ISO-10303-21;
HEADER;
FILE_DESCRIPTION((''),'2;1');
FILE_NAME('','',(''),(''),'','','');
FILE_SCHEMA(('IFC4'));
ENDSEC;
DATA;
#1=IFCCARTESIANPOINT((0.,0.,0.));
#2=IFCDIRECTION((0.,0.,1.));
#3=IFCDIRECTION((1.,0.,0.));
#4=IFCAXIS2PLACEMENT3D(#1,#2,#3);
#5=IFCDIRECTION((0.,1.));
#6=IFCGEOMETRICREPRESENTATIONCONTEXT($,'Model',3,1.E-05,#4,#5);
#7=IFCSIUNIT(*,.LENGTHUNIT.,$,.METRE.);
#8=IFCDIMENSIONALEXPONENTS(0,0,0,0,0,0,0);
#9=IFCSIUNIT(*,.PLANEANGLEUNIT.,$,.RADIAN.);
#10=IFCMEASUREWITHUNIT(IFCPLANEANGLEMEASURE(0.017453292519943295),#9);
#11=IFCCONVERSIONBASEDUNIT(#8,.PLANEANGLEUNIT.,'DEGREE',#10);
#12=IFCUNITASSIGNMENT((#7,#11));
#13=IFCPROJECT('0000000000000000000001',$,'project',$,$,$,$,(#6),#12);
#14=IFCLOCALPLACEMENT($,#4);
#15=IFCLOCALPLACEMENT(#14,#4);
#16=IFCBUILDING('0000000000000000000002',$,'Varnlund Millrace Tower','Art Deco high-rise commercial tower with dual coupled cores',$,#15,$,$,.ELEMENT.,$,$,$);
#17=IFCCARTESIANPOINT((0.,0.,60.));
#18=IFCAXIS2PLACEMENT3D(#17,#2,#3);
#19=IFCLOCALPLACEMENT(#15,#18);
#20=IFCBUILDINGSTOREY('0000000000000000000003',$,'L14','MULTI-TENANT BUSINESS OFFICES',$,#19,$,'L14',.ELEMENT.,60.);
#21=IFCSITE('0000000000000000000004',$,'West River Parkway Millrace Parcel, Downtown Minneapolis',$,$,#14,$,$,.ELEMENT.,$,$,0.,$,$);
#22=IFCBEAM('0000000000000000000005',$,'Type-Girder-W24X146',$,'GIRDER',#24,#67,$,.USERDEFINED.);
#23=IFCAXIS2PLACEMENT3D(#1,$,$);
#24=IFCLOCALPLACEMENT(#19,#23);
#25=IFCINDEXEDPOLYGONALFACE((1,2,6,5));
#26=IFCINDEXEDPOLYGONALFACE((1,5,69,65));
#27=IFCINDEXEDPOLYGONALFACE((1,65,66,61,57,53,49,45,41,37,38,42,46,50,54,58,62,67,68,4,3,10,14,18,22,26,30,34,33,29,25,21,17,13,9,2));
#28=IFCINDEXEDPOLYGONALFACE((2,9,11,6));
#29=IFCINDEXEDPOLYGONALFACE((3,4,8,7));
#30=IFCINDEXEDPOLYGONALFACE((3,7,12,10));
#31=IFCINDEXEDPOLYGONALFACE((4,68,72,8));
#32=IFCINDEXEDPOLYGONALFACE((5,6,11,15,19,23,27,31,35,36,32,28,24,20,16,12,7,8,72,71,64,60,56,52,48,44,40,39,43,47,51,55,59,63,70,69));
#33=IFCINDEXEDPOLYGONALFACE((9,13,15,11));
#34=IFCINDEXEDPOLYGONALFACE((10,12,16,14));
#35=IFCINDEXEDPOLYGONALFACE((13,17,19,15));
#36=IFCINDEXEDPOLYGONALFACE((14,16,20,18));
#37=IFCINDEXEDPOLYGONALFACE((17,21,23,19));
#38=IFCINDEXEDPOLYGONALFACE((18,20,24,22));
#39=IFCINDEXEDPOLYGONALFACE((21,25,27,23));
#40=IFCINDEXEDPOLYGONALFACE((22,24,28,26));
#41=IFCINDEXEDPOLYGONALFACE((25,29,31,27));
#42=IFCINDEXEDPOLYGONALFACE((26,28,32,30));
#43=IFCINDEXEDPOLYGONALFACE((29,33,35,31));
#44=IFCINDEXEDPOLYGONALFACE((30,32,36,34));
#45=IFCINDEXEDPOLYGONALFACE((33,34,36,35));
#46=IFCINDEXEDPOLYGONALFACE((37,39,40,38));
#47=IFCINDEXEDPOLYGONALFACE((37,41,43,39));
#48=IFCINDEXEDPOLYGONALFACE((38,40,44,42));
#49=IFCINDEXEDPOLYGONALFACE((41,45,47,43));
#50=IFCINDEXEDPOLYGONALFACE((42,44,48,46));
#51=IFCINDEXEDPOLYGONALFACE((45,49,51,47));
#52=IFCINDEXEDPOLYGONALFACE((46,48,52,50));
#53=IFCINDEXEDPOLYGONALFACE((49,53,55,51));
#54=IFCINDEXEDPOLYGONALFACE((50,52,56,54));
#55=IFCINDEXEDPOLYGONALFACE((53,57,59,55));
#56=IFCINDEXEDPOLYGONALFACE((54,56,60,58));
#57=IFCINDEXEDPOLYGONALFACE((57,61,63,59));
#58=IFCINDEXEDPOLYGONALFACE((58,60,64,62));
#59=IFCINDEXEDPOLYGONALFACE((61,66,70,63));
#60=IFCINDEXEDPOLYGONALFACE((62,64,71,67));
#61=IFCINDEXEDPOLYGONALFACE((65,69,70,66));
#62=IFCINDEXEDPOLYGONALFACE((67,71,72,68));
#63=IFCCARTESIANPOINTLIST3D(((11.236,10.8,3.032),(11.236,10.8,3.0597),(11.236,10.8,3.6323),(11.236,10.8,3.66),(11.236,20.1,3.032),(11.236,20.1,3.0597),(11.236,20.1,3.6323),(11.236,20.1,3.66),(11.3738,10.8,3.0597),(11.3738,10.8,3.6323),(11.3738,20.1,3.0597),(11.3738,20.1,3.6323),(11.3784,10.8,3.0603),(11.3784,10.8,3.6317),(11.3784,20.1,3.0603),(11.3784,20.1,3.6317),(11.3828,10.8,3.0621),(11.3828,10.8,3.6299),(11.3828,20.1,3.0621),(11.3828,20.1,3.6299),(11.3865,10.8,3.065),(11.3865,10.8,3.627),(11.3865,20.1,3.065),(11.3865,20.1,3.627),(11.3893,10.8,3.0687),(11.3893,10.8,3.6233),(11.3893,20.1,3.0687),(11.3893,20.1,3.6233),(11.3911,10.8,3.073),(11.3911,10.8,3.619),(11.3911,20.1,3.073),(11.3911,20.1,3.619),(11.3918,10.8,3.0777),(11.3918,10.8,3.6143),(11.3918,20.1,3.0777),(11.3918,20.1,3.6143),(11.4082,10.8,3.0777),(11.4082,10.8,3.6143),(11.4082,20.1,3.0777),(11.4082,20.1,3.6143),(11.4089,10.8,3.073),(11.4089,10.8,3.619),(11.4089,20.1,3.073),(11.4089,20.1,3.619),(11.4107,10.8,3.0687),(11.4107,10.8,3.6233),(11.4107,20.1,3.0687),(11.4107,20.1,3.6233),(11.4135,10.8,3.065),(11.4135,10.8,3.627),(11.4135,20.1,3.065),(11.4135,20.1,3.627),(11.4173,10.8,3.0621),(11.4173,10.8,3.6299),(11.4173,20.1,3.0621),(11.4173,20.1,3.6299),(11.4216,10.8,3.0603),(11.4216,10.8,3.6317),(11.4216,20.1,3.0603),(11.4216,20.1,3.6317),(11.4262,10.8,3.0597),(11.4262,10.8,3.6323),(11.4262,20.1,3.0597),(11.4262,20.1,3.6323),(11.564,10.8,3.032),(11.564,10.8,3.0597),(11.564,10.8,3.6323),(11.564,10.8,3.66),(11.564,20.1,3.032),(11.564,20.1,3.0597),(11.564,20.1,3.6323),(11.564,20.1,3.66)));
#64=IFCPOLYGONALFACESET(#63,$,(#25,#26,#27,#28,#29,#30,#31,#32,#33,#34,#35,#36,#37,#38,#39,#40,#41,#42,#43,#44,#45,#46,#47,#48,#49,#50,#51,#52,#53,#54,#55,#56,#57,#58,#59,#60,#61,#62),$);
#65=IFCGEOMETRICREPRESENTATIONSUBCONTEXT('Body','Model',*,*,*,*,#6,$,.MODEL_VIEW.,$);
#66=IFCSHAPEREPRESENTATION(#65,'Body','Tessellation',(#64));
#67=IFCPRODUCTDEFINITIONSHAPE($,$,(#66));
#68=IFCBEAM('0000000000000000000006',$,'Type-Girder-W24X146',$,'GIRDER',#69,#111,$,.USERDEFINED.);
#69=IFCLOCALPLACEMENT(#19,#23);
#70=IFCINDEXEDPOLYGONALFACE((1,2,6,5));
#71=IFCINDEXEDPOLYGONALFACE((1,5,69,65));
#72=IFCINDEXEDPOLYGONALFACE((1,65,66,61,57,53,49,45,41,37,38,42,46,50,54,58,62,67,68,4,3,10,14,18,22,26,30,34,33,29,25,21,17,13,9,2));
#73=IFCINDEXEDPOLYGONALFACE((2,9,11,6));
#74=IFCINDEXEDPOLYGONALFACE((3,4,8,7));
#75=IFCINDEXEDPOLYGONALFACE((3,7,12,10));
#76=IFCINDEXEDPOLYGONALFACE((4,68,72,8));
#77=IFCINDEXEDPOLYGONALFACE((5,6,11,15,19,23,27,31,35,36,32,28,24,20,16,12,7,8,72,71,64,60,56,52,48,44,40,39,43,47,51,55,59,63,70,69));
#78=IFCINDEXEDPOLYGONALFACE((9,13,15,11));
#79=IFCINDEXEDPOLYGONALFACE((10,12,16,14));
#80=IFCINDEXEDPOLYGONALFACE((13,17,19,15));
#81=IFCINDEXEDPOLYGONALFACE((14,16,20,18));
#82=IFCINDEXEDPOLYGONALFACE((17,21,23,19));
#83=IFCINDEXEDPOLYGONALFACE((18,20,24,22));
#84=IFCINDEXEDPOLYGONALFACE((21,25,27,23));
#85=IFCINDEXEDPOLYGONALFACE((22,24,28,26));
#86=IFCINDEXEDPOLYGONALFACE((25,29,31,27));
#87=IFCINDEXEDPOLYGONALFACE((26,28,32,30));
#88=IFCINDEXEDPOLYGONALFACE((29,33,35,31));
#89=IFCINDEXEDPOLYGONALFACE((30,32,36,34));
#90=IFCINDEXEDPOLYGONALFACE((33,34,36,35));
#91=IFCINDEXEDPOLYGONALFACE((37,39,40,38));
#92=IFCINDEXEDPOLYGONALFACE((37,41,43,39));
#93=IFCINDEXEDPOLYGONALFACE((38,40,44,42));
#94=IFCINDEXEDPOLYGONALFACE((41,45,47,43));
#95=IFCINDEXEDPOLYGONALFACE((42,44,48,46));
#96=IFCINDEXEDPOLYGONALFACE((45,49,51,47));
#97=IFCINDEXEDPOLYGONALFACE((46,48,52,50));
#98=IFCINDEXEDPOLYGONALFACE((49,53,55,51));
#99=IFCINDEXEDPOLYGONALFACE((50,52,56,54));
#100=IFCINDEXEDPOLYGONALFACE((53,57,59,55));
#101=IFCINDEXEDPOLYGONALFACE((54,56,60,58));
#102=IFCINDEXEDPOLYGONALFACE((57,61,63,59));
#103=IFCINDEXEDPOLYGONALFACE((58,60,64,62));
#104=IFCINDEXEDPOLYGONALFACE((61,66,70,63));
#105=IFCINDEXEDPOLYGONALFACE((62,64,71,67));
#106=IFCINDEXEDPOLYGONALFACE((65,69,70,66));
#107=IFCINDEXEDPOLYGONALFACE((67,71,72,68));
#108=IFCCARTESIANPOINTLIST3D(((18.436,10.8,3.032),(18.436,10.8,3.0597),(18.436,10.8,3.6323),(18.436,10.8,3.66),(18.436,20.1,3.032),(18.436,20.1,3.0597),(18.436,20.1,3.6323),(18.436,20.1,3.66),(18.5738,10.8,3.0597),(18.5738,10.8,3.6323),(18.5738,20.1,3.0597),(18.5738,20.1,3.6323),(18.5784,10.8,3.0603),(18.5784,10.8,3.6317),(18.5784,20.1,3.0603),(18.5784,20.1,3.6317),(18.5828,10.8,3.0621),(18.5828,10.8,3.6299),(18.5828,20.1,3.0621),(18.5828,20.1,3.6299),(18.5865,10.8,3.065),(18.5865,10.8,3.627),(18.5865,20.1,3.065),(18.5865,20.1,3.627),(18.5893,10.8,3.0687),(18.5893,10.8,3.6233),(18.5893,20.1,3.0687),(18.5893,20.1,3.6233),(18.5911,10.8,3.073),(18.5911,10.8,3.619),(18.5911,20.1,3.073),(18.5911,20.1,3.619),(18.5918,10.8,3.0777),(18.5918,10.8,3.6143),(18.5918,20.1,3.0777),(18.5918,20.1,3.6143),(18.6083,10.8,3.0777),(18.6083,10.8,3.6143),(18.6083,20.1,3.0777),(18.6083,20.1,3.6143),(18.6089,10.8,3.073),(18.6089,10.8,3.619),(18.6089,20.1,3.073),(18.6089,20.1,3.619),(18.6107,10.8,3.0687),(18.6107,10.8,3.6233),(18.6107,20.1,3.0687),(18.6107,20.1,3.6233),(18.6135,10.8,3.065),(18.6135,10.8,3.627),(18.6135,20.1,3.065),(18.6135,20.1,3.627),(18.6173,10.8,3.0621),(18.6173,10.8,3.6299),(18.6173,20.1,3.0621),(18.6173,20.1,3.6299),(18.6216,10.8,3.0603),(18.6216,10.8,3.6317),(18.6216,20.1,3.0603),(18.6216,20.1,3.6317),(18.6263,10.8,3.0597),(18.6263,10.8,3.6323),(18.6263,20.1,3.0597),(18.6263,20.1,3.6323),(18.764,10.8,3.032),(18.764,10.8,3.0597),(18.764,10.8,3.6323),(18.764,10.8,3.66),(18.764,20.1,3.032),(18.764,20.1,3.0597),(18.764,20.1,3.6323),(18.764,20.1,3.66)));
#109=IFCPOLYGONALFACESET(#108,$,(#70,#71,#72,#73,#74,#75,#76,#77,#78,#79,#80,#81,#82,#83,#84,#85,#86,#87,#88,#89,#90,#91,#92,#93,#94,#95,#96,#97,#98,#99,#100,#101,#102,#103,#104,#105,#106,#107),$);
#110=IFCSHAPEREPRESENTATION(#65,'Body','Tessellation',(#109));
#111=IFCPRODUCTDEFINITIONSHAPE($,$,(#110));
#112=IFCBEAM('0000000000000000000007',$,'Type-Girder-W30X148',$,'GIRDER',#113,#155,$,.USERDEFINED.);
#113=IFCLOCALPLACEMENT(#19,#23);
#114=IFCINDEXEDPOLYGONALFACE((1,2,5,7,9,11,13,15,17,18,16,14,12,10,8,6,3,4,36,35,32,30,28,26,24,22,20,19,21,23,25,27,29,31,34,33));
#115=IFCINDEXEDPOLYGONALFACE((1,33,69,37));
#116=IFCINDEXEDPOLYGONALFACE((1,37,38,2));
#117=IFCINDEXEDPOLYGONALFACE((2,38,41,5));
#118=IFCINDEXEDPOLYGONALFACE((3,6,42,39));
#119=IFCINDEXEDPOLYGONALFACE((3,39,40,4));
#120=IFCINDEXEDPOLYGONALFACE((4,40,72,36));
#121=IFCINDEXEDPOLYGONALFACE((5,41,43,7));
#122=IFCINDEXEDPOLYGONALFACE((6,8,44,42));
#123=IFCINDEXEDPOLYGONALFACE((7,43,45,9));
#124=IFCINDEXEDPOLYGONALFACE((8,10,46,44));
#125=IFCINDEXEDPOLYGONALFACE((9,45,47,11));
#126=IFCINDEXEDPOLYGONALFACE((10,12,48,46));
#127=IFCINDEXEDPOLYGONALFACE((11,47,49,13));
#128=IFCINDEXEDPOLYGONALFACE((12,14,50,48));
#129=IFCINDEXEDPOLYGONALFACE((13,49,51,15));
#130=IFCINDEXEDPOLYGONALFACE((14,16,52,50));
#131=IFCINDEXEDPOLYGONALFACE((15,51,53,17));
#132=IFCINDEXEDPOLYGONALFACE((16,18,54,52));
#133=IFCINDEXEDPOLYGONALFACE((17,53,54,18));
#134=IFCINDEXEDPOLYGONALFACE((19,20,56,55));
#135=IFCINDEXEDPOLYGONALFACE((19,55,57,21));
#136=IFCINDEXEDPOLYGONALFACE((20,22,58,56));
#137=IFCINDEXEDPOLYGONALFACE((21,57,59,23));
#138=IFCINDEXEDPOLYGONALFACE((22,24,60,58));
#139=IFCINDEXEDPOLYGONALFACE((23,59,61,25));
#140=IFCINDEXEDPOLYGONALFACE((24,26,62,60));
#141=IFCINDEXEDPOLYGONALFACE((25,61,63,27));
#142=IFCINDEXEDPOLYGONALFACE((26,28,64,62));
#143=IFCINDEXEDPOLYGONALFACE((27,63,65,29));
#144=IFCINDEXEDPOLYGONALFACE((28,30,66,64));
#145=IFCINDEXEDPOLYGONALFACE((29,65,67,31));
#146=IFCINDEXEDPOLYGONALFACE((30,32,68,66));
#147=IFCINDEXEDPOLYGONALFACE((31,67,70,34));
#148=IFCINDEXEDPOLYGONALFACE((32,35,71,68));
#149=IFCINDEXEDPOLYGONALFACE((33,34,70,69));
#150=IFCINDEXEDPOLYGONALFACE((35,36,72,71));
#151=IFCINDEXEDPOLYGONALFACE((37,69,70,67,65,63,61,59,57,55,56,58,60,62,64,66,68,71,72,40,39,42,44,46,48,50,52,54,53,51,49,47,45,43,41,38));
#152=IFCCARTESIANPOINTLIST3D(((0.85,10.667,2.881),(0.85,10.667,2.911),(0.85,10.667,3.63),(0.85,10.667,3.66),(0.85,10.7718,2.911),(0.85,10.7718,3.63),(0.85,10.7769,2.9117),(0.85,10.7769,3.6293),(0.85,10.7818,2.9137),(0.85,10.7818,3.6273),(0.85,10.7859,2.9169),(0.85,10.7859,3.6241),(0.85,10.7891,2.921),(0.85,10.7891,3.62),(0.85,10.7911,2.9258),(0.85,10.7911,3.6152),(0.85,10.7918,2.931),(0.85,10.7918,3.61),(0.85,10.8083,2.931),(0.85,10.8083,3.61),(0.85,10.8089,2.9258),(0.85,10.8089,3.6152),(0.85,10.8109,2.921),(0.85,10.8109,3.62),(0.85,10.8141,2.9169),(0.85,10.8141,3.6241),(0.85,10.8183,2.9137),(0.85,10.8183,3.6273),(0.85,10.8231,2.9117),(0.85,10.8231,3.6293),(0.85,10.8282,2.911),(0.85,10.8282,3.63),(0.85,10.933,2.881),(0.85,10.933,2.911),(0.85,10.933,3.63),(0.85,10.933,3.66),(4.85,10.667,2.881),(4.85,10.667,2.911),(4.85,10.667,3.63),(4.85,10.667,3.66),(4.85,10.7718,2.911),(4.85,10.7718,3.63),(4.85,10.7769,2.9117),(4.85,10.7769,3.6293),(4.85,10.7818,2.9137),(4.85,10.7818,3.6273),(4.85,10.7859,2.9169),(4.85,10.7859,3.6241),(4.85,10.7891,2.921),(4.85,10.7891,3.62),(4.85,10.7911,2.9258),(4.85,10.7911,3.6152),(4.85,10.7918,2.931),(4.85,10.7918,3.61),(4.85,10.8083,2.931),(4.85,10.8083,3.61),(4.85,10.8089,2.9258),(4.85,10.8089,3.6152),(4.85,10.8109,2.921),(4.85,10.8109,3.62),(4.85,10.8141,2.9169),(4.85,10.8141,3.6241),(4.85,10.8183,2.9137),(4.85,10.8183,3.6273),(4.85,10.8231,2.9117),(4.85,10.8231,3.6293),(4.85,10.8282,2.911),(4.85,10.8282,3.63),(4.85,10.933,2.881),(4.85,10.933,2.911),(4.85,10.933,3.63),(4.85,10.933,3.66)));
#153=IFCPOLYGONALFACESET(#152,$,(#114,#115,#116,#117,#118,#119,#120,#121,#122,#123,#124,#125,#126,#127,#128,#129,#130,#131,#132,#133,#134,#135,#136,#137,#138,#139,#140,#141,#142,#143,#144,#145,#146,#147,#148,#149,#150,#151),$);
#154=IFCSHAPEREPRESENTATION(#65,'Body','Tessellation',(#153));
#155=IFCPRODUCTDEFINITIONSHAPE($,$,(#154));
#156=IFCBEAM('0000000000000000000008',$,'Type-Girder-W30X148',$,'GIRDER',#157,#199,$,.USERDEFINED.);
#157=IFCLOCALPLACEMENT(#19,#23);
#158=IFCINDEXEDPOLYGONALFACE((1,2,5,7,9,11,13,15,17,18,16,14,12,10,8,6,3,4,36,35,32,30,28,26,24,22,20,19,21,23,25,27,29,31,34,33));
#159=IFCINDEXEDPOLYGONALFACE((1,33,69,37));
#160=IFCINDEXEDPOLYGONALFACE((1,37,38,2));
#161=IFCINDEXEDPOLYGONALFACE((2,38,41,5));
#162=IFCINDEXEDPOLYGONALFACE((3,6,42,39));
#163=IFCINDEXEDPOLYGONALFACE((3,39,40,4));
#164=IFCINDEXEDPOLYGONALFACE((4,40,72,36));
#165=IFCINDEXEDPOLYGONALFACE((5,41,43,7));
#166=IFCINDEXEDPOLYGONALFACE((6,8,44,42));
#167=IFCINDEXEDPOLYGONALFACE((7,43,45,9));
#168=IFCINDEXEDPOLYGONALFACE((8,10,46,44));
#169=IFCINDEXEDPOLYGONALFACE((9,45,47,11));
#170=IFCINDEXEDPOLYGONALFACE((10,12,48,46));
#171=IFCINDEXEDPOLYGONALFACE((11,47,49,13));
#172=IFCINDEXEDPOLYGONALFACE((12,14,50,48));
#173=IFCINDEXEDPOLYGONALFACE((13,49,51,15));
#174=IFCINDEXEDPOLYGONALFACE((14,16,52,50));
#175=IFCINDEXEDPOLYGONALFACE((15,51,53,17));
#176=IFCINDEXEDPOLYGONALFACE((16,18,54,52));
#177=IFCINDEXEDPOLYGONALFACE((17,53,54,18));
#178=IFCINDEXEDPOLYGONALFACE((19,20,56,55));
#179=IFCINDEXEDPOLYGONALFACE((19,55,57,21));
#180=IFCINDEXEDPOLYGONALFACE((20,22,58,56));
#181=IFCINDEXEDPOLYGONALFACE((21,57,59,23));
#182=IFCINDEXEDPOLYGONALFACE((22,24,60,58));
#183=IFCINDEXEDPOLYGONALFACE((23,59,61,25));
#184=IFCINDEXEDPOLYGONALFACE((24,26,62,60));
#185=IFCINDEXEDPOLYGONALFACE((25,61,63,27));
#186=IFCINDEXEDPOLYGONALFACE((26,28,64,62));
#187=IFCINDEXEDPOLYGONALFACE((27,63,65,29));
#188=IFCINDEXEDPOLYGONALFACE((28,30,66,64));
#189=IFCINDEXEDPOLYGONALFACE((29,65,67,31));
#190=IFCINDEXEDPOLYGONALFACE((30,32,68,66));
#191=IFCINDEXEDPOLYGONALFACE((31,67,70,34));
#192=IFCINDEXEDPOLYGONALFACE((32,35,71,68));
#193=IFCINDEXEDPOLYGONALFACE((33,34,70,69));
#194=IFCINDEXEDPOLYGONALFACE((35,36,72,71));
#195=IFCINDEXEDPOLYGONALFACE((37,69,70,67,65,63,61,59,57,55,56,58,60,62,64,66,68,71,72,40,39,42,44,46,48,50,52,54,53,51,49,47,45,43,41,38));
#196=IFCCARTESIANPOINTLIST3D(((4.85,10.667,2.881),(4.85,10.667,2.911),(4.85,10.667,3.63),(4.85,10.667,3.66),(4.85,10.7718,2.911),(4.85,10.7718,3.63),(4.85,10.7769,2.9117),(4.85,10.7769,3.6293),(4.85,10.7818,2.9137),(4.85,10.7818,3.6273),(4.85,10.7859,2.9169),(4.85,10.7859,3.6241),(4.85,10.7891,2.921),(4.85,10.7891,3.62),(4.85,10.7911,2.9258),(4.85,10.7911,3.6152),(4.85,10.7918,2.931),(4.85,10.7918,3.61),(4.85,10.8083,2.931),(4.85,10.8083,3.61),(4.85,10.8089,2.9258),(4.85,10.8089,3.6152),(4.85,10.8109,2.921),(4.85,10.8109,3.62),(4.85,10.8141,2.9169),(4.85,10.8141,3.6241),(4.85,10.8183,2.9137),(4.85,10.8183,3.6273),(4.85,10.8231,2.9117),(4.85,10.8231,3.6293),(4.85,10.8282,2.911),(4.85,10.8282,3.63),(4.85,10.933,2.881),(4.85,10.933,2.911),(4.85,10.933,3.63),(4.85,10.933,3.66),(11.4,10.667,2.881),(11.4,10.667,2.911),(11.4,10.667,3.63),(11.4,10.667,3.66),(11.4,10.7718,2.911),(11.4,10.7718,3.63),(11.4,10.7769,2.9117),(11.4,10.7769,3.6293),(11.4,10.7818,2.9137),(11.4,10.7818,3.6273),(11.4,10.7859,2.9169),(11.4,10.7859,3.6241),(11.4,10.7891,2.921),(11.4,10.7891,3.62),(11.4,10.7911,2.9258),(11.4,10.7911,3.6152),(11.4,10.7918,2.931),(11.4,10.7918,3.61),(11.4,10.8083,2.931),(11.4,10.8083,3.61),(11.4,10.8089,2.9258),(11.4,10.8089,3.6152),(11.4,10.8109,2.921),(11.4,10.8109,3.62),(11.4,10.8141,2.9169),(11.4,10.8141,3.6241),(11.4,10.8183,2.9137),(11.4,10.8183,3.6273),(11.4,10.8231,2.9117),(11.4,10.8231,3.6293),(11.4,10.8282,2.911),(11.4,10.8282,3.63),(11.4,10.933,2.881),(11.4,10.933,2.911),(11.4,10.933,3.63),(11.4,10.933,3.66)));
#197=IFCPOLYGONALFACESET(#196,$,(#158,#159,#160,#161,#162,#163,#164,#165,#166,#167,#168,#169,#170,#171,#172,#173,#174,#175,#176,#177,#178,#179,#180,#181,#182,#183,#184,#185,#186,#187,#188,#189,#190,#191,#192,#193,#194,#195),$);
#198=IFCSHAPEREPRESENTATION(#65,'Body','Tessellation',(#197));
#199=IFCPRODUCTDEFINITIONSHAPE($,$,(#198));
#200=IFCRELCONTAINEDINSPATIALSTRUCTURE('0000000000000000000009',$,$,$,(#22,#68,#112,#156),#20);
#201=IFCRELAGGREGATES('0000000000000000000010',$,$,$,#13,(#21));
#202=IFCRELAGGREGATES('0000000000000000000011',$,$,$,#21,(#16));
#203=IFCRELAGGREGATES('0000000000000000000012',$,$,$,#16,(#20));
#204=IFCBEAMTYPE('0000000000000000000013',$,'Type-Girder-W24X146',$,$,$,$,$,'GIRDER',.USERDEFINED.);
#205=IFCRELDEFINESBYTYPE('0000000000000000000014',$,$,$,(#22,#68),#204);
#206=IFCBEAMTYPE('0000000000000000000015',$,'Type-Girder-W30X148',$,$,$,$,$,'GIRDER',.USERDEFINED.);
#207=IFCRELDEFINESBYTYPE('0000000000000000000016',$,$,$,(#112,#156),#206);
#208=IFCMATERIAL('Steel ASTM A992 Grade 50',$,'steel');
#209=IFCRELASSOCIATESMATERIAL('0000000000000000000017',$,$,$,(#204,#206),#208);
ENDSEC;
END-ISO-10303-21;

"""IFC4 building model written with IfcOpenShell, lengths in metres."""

from ifc_helpers import new_model, entity, si_unit, converted_unit, direction, frame, origin_with_axes, origin_2d_with_axis, place, context, subcontext, project, spatial, i_section, extrude, material, material_profile, profile_set, type_object, element, save


model = new_model("IFC4")

# Units and contexts
model_context = context("Model", 3, precision=1e-05, world=origin_with_axes(), true_north=direction((0.0, 1.0)))
body_context = subcontext(model_context, "Body", "Model", "MODEL_VIEW")
ifc_project = project(units=[si_unit("LENGTHUNIT", "METRE"), converted_unit("PLANEANGLEUNIT", "DEGREE", entity("IfcPlaneAngleMeasure", 0.017453292519943295), si_unit("PLANEANGLEUNIT", "RADIAN"), dimensions=[0, 0, 0, 0, 0, 0, 0])], contexts=[model_context])

# Site, building, storey
site_placement = place(None, origin_with_axes())
site = spatial("IfcSite", under=ifc_project, at=site_placement, Name="West River Parkway Millrace Parcel, Downtown Minneapolis", CompositionType="ELEMENT", RefElevation=0.0)
building_placement = place(site_placement, origin_with_axes())
building = spatial("IfcBuilding", under=site, at=building_placement, Name="Varnlund Millrace Tower", Description="Art Deco high-rise commercial tower with dual coupled cores", CompositionType="ELEMENT")
storey_placement = place(building_placement, frame((0.0, 0.0, 60.0), z_axis=(0.0, 0.0, 1.0), x_axis=(1.0, 0.0, 0.0)))
storey = spatial("IfcBuildingStorey", under=building, at=storey_placement, Name="L14", Description="MULTI-TENANT BUSINESS OFFICES", LongName="L14", CompositionType="ELEMENT", Elevation=60.0)

# Beams
ifc_material_1 = material(Name="Steel ASTM A992 Grade 50", Category="steel")
ifc_material_profile_1 = material_profile(ifc_material_1, i_section(OverallWidth=0.328, OverallDepth=0.628, WebThickness=0.0165, FlangeThickness=0.0277, FilletRadius=0.018, at=origin_2d_with_axis()), Name="Steel ASTM A992 Grade 50")
ifc_profile_set_1 = profile_set([ifc_material_profile_1], Name="Steel ASTM A992 Grade 50")
beam_type_1 = type_object("IfcBeamType", Name="Type-Girder-W24X146", ElementType="GIRDER", PredefinedType="USERDEFINED", material=ifc_profile_set_1)
for number, where, z_axis, x_axis, name in (
    (1, (11.4, 10.8, 3.346), (0.0, 1.0, 0.0), (-1.0, 0.0, 0.0), "Type-Girder-W24X146"),
    (2, (18.6, 10.8, 3.346), (0.0, 1.0, 0.0), (-1.0, 0.0, 0.0), "Type-Girder-W24X146"),
):
    element("IfcBeam", number, at=place(storey_placement, frame(where, z_axis=z_axis, x_axis=x_axis)), inside=storey, type_object=beam_type_1, Name=name, ObjectType="GIRDER", PredefinedType="USERDEFINED", context=body_context, shape_type="SweptSolid", body=[
        extrude(i_section(OverallWidth=0.328, OverallDepth=0.628, WebThickness=0.0165, FlangeThickness=0.0277, FilletRadius=0.018, at=origin_2d_with_axis()), origin_with_axes(), (0.0, 0.0, 1.0), 9.3),
    ])
ifc_material_profile_2 = material_profile(ifc_material_1, i_section(OverallWidth=0.266, OverallDepth=0.779, WebThickness=0.0165, FlangeThickness=0.03, FilletRadius=0.02, at=origin_2d_with_axis()), Name="Steel ASTM A992 Grade 50")
ifc_profile_set_2 = profile_set([ifc_material_profile_2], Name="Steel ASTM A992 Grade 50")
beam_type_2 = type_object("IfcBeamType", Name="Type-Girder-W30X148", ElementType="GIRDER", PredefinedType="USERDEFINED", material=ifc_profile_set_2)
beam_1_placement = place(storey_placement, frame((0.85, 10.8, 3.2705), z_axis=(1.0, 0.0, 0.0), x_axis=(0.0, 1.0, 0.0)))
element("IfcBeam", 3, at=beam_1_placement, inside=storey, type_object=beam_type_2, Name="Type-Girder-W30X148", ObjectType="GIRDER", PredefinedType="USERDEFINED", context=body_context, shape_type="SweptSolid", body=[
    extrude(i_section(OverallWidth=0.266, OverallDepth=0.779, WebThickness=0.0165, FlangeThickness=0.03, FilletRadius=0.02, at=origin_2d_with_axis()), origin_with_axes(), (0.0, 0.0, 1.0), 4.0),
])
beam_2_placement = place(storey_placement, frame((4.85, 10.8, 3.2705), z_axis=(1.0, 0.0, 0.0), x_axis=(0.0, 1.0, 0.0)))
element("IfcBeam", 4, at=beam_2_placement, inside=storey, type_object=beam_type_2, Name="Type-Girder-W30X148", ObjectType="GIRDER", PredefinedType="USERDEFINED", context=body_context, shape_type="SweptSolid", body=[
    extrude(i_section(OverallWidth=0.266, OverallDepth=0.779, WebThickness=0.0165, FlangeThickness=0.03, FilletRadius=0.02, at=origin_2d_with_axis()), origin_with_axes(), (0.0, 0.0, 1.0), 6.55),
])

save(model, "model.ifc")
